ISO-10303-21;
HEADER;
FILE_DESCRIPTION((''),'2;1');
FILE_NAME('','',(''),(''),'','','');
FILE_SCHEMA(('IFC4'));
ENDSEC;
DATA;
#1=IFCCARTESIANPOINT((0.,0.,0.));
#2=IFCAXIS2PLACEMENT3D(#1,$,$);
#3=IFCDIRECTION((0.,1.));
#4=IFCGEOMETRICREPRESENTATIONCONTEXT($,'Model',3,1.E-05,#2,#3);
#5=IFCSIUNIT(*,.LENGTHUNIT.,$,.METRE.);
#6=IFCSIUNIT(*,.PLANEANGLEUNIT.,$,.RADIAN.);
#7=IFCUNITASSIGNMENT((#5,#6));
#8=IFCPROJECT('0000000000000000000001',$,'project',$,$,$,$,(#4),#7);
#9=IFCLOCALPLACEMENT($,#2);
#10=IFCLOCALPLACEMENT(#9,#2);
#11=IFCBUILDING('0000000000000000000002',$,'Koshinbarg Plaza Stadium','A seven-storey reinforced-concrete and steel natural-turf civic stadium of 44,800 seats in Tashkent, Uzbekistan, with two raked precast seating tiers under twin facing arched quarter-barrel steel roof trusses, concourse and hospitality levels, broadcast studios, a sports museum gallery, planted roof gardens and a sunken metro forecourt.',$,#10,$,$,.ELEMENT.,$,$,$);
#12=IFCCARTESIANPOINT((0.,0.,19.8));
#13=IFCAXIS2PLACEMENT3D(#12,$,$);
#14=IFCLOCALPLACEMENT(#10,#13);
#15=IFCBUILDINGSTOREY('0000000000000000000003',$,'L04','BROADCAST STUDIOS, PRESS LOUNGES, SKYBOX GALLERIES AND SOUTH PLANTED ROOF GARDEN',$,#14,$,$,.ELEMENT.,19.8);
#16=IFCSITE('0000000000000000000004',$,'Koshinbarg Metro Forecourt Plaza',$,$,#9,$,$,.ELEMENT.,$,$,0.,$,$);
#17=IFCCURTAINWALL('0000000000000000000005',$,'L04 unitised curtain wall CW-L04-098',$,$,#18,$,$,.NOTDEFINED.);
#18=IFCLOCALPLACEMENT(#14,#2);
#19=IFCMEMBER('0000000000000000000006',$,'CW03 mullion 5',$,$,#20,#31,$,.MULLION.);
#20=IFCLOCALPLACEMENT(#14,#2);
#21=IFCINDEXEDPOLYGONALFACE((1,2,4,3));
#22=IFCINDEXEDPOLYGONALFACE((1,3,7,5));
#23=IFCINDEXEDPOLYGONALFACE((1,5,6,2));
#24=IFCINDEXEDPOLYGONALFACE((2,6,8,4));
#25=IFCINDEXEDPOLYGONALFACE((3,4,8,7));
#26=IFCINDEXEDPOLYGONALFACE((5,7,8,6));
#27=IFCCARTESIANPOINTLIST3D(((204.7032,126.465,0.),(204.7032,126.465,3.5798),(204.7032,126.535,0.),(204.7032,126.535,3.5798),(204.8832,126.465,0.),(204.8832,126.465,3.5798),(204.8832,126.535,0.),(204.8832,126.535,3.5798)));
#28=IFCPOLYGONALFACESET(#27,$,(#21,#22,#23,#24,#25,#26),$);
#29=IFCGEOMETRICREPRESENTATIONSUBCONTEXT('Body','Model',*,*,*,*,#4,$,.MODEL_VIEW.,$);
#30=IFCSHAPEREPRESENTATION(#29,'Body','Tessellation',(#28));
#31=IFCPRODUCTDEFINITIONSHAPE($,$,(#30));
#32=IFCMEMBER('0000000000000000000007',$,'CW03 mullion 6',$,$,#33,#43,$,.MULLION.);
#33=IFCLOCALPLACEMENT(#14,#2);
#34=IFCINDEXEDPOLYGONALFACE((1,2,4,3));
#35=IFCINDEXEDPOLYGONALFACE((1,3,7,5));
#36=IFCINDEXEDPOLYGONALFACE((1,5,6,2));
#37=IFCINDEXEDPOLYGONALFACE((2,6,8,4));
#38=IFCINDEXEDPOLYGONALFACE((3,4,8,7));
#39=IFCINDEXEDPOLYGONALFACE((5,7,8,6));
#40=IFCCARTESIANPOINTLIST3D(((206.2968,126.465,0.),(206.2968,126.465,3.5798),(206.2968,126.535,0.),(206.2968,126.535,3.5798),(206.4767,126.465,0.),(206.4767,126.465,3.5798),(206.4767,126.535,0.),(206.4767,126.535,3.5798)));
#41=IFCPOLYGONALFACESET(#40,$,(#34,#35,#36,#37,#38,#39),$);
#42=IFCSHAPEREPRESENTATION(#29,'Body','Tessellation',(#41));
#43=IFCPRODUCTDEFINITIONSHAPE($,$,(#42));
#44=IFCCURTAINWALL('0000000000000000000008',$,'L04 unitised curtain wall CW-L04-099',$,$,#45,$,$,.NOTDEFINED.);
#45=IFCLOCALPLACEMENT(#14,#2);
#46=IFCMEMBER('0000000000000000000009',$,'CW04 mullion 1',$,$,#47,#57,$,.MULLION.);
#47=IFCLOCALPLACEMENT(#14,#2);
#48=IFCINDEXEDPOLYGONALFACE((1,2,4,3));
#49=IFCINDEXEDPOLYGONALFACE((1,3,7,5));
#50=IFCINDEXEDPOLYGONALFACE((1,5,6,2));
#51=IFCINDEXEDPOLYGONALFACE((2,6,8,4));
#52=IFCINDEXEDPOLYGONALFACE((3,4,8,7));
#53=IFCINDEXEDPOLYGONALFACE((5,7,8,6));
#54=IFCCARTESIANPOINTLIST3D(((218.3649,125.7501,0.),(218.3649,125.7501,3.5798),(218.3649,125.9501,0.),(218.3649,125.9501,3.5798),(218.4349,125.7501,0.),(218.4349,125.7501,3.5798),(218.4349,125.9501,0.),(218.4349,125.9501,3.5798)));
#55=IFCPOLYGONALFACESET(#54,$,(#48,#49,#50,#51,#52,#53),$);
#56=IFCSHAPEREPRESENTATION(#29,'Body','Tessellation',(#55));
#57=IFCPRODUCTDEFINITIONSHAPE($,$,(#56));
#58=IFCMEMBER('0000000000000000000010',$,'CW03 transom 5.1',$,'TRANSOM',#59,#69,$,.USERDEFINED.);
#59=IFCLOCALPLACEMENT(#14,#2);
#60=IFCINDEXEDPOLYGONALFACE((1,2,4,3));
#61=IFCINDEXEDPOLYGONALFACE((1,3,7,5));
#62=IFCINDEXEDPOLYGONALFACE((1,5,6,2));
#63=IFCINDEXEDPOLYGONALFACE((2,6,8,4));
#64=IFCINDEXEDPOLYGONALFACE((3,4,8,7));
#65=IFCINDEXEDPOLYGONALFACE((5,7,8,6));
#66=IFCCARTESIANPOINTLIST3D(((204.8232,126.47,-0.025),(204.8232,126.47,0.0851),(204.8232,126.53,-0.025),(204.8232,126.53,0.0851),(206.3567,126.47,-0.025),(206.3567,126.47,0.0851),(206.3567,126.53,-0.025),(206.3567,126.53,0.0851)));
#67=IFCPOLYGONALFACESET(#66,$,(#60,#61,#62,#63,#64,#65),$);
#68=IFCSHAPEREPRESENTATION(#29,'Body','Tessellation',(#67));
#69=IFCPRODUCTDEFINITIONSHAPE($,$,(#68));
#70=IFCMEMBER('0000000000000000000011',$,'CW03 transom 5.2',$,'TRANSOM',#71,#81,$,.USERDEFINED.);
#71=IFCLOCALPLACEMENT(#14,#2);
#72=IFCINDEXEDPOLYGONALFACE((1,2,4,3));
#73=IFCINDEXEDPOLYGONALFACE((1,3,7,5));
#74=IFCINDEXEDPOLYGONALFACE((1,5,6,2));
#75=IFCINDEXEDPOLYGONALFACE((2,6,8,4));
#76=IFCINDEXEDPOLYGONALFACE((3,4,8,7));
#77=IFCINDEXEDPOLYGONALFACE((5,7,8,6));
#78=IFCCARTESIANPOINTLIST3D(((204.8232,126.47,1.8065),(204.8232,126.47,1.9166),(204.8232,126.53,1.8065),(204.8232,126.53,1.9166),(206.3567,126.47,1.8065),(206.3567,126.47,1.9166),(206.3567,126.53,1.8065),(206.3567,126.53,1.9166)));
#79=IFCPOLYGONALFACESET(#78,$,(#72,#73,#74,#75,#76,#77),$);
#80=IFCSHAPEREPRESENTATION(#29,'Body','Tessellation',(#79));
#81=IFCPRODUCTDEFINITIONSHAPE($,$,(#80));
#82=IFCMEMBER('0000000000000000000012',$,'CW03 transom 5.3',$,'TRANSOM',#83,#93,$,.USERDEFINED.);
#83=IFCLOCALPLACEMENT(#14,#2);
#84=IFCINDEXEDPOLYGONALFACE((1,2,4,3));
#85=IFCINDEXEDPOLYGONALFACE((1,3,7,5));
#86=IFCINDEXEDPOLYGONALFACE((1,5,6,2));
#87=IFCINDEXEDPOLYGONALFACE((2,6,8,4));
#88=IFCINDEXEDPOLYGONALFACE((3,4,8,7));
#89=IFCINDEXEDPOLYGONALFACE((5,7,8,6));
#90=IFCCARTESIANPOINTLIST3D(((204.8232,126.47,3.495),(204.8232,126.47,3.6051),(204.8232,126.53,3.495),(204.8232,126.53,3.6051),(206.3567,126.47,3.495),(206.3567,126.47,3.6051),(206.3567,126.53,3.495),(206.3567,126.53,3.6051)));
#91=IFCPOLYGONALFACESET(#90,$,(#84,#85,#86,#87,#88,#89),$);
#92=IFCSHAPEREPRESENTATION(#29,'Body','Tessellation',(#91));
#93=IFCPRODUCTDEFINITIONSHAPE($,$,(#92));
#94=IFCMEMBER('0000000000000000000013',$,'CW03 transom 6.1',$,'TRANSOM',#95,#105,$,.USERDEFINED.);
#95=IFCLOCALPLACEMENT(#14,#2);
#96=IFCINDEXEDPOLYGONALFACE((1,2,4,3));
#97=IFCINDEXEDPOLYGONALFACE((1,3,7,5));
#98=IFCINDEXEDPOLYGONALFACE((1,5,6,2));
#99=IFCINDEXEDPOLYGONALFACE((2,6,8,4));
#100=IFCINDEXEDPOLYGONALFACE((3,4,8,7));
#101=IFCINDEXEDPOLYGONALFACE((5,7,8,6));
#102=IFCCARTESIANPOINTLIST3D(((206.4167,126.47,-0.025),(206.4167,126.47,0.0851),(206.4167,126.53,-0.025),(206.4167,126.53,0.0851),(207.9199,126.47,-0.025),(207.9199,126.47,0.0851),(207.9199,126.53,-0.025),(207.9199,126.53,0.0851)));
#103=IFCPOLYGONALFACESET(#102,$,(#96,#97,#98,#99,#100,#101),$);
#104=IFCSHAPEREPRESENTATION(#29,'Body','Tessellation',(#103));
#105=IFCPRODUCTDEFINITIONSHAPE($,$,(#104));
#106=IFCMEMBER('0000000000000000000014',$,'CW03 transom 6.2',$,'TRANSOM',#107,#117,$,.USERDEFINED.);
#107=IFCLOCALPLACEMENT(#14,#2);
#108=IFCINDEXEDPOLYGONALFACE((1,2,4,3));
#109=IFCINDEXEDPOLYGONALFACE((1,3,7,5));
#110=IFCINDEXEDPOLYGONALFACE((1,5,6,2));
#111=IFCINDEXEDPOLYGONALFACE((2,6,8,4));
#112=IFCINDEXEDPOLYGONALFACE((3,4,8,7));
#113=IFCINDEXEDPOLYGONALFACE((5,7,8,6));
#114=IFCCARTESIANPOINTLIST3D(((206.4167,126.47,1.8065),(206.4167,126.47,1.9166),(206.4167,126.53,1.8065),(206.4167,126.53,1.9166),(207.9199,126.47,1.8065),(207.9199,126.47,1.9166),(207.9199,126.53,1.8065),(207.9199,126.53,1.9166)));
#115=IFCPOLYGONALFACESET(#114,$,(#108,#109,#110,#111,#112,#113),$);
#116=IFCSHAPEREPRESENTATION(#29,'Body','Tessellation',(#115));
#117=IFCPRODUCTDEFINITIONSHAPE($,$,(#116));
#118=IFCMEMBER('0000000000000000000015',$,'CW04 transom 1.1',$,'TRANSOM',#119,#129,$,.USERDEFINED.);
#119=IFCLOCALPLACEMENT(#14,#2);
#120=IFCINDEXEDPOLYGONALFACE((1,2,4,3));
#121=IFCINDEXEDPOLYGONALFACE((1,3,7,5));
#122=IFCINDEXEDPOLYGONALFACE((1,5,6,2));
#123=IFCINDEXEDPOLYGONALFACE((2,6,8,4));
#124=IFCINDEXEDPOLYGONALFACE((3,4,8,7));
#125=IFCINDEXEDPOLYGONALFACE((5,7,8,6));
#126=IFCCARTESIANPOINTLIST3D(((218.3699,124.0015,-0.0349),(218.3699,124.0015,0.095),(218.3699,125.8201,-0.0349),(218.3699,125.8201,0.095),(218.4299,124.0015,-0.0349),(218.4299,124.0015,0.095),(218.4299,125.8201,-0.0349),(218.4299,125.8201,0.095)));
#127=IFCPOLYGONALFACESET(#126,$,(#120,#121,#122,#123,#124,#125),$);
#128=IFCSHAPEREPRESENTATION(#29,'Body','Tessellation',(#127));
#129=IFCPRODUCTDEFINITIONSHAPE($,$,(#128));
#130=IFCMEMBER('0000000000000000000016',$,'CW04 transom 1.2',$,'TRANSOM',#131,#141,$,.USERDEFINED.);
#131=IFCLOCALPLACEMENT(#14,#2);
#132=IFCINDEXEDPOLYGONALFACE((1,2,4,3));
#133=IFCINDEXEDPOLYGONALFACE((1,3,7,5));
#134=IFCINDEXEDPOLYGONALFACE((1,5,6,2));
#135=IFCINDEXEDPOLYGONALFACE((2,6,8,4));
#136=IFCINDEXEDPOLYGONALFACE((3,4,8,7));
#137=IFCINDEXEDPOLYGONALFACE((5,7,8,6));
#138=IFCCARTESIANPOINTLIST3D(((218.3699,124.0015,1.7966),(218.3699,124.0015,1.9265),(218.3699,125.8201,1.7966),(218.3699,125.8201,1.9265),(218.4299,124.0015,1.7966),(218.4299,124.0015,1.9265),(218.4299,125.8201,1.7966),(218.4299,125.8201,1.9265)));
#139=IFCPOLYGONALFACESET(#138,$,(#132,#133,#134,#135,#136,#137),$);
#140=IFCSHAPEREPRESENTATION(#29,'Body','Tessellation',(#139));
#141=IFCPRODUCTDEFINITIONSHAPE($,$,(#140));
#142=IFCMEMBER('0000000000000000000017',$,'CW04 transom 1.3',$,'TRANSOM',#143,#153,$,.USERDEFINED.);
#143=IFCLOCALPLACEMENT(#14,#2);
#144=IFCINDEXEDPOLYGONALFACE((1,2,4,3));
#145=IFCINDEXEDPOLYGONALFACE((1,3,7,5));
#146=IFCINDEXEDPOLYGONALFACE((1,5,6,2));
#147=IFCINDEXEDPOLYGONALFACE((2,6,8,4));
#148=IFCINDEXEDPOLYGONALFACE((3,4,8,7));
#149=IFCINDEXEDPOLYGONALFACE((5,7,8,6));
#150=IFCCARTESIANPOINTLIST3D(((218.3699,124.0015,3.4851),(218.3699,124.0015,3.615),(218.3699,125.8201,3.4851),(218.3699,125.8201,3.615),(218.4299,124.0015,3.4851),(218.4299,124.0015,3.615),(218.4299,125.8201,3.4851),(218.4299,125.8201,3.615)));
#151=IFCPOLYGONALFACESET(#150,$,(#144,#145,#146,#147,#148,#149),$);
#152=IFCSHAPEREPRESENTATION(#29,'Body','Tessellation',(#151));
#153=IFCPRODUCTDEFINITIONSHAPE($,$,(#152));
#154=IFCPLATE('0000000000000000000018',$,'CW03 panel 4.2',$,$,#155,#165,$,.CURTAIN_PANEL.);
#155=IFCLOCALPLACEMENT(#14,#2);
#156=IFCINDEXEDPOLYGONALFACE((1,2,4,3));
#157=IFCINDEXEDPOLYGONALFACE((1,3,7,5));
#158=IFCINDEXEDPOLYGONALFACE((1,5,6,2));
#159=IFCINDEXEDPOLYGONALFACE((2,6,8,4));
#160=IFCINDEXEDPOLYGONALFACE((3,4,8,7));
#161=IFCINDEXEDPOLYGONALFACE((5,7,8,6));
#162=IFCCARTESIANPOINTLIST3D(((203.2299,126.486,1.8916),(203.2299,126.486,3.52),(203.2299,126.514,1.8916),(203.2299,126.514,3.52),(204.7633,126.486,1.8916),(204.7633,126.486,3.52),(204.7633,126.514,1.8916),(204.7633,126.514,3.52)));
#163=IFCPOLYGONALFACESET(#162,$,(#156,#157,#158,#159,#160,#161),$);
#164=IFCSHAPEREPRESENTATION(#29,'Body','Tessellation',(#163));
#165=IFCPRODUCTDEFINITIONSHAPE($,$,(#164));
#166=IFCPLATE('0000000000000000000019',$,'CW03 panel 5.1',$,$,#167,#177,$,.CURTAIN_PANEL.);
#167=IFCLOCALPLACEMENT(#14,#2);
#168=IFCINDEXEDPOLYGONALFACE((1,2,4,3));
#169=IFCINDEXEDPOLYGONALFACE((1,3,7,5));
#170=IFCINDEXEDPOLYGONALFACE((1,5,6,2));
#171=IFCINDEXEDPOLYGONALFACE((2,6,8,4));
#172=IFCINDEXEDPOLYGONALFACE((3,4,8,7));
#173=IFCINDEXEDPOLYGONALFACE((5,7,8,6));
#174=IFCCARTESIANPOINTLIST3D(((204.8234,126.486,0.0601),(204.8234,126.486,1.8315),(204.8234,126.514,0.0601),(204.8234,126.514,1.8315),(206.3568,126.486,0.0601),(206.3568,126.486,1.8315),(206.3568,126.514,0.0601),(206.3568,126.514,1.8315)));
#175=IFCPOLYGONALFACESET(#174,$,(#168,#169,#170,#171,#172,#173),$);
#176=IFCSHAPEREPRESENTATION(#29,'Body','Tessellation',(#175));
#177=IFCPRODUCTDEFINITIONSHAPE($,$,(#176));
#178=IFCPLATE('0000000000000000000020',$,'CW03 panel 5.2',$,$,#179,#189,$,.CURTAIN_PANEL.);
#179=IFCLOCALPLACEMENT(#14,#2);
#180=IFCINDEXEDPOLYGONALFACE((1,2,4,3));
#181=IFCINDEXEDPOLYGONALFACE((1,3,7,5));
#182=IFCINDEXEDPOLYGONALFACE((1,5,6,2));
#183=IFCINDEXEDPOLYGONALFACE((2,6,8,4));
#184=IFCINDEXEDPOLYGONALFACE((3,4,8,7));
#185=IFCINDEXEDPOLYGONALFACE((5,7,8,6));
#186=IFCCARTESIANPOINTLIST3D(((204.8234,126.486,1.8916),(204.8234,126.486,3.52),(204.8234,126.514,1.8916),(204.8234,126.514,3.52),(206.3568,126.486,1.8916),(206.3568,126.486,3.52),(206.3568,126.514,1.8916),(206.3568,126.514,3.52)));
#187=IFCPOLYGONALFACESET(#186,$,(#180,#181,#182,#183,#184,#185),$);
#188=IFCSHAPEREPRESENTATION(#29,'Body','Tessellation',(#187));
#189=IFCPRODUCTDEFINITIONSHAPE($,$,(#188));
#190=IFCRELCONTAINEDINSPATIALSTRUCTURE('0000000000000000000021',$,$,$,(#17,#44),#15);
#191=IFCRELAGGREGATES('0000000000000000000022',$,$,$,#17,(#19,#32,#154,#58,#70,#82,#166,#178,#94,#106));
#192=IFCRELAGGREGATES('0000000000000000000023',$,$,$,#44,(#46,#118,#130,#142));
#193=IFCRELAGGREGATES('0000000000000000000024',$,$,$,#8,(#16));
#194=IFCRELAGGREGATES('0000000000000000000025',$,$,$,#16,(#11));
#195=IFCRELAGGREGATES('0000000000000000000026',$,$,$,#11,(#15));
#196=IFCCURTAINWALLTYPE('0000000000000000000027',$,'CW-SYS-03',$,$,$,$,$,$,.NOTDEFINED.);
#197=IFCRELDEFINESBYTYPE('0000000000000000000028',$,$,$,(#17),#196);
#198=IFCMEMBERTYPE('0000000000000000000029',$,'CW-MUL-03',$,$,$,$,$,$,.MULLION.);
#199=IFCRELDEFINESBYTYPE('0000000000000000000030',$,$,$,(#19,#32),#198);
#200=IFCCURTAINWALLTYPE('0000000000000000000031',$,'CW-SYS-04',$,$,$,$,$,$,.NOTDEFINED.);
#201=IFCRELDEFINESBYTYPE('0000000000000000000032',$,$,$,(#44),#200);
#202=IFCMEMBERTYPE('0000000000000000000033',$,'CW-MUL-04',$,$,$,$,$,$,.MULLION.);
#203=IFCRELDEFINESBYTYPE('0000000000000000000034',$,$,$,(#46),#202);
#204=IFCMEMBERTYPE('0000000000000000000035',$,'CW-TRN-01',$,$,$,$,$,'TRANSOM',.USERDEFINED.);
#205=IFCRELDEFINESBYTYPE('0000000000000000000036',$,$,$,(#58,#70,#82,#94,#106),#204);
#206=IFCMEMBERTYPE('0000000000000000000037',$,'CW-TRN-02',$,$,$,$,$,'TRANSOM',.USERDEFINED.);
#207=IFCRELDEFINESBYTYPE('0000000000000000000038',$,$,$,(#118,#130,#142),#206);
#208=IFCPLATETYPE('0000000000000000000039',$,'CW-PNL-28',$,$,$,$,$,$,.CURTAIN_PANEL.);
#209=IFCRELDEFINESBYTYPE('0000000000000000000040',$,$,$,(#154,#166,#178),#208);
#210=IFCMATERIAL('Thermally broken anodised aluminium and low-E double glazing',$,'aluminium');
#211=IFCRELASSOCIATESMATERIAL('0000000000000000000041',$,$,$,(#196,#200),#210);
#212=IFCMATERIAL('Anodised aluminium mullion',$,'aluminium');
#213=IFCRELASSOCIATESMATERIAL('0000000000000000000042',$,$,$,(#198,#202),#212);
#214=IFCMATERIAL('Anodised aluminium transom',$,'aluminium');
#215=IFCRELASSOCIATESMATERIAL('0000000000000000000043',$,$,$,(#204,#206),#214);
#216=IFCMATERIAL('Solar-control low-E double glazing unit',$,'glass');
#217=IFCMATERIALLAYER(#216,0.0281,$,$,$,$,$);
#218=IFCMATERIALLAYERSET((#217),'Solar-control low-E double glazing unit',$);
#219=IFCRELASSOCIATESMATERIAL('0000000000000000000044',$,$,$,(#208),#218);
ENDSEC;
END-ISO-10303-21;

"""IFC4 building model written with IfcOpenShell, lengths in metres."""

from ifc_helpers import new_model, si_unit, direction, frame, origin, origin_2d, place, context, subcontext, project, spatial, rectangle, extrude, material, layer, layer_set, material_profile, profile_set, type_object, element, aggregate, save


model = new_model("IFC4")

# Units and contexts
model_context = context("Model", 3, precision=1e-05, world=origin(), true_north=direction((0.0, 1.0)))
body_context = subcontext(model_context, "Body", "Model", "MODEL_VIEW")
ifc_project = project(units=[si_unit("LENGTHUNIT", "METRE"), si_unit("PLANEANGLEUNIT", "RADIAN")], contexts=[model_context])

# Site, building, storey
site_placement = place(None, origin())
site = spatial("IfcSite", under=ifc_project, at=site_placement, Name="Koshinbarg Metro Forecourt Plaza", CompositionType="ELEMENT", RefElevation=0.0)
building_placement = place(site_placement, origin())
building = spatial("IfcBuilding", under=site, at=building_placement, Name="Koshinbarg Plaza Stadium", Description="A seven-storey reinforced-concrete and steel natural-turf civic stadium of 44,800 seats in Tashkent, Uzbekistan, with two raked precast seating tiers under twin facing arched quarter-barrel steel roof trusses, concourse and hospitality levels, broadcast studios, a sports museum gallery, planted roof gardens and a sunken metro forecourt.", CompositionType="ELEMENT")
storey_placement = place(building_placement, frame((0.0, 0.0, 19.8)))
storey = spatial("IfcBuildingStorey", under=building, at=storey_placement, Name="L04", Description="BROADCAST STUDIOS, PRESS LOUNGES, SKYBOX GALLERIES AND SOUTH PLANTED ROOF GARDEN", CompositionType="ELEMENT", Elevation=19.8)

# Curtain wall, members
ifc_material_1 = material(Name="Thermally broken anodised aluminium and low-E double glazing", Category="aluminium")
curtain_wall_type_1 = type_object("IfcCurtainWallType", Name="CW-SYS-03", PredefinedType="NOTDEFINED", material=ifc_material_1)
curtain_wall_1_placement = place(storey_placement, origin())
curtain_wall_1 = element("IfcCurtainWall", 1, at=curtain_wall_1_placement, inside=storey, type_object=curtain_wall_type_1, Name="L04 unitised curtain wall CW-L04-098", PredefinedType="NOTDEFINED")
ifc_material_2 = material(Name="Anodised aluminium mullion", Category="aluminium")
ifc_material_profile_1 = material_profile(ifc_material_2, rectangle(XDim=0.0701, YDim=0.1799, at=origin_2d()), Name="ALU 70x180")
ifc_profile_set_1 = profile_set([ifc_material_profile_1], Name="Anodised aluminium mullion")
member_type_1 = type_object("IfcMemberType", Name="CW-MUL-03", PredefinedType="MULLION", material=ifc_profile_set_1)
member_1_placement = place(storey_placement, frame((204.7932, 126.5, 0.0), z_axis=(0.0, 0.0, 1.0), x_axis=(0.0, 1.0, 0.0)))
member_1 = element("IfcMember", 2, at=member_1_placement, type_object=member_type_1, Name="CW03 mullion 5", PredefinedType="MULLION", context=body_context, shape_type="SweptSolid", body=[
    extrude(rectangle(XDim=0.0701, YDim=0.1799, at=origin_2d()), origin(), (0.0, 0.0, 1.0), 3.5798),
])
member_2_placement = place(storey_placement, frame((206.3867, 126.5, 0.0), z_axis=(0.0, 0.0, 1.0), x_axis=(0.0, 1.0, 0.0)))
member_2 = element("IfcMember", 3, at=member_2_placement, type_object=member_type_1, Name="CW03 mullion 6", PredefinedType="MULLION", context=body_context, shape_type="SweptSolid", body=[
    extrude(rectangle(XDim=0.0701, YDim=0.1799, at=origin_2d()), origin(), (0.0, 0.0, 1.0), 3.5798),
])

# Curtain wall, member
curtain_wall_type_2 = type_object("IfcCurtainWallType", Name="CW-SYS-04", PredefinedType="NOTDEFINED", material=ifc_material_1)
curtain_wall_2_placement = place(storey_placement, origin())
curtain_wall_2 = element("IfcCurtainWall", 4, at=curtain_wall_2_placement, inside=storey, type_object=curtain_wall_type_2, Name="L04 unitised curtain wall CW-L04-099", PredefinedType="NOTDEFINED")
ifc_material_profile_2 = material_profile(ifc_material_2, rectangle(XDim=0.0701, YDim=0.2, at=origin_2d()), Name="ALU 70x200")
ifc_profile_set_2 = profile_set([ifc_material_profile_2], Name="Anodised aluminium mullion")
member_type_2 = type_object("IfcMemberType", Name="CW-MUL-04", PredefinedType="MULLION", material=ifc_profile_set_2)
member_3_placement = place(storey_placement, frame((218.3999, 125.8501, 0.0), z_axis=(0.0, 0.0, 1.0), x_axis=(1.0, 0.0, 0.0)))
member_3 = element("IfcMember", 5, at=member_3_placement, type_object=member_type_2, Name="CW04 mullion 1", PredefinedType="MULLION", context=body_context, shape_type="SweptSolid", body=[
    extrude(rectangle(XDim=0.0701, YDim=0.2, at=origin_2d()), origin(), (0.0, 0.0, 1.0), 3.5798),
])

# Members
ifc_material_3 = material(Name="Anodised aluminium transom", Category="aluminium")
ifc_material_profile_3 = material_profile(ifc_material_3, rectangle(XDim=0.0601, YDim=0.1101, at=origin_2d()), Name="ALU 60x110")
ifc_profile_set_3 = profile_set([ifc_material_profile_3], Name="Anodised aluminium transom")
member_type_3 = type_object("IfcMemberType", Name="CW-TRN-01", ElementType="TRANSOM", PredefinedType="USERDEFINED", material=ifc_profile_set_3)
member_4_placement = place(storey_placement, frame((204.8232, 126.5, 0.03), z_axis=(1.0, 0.0, 0.0), x_axis=(0.0, 1.0, 0.0)))
member_4 = element("IfcMember", 6, at=member_4_placement, type_object=member_type_3, Name="CW03 transom 5.1", ObjectType="TRANSOM", PredefinedType="USERDEFINED", context=body_context, shape_type="SweptSolid", body=[
    extrude(rectangle(XDim=0.0601, YDim=0.1101, at=origin_2d()), origin(), (0.0, 0.0, 1.0), 1.5334),
])
member_5_placement = place(storey_placement, frame((204.8232, 126.5, 1.8616), z_axis=(1.0, 0.0, 0.0), x_axis=(0.0, 1.0, 0.0)))
member_5 = element("IfcMember", 7, at=member_5_placement, type_object=member_type_3, Name="CW03 transom 5.2", ObjectType="TRANSOM", PredefinedType="USERDEFINED", context=body_context, shape_type="SweptSolid", body=[
    extrude(rectangle(XDim=0.0601, YDim=0.1101, at=origin_2d()), origin(), (0.0, 0.0, 1.0), 1.5334),
])
member_6_placement = place(storey_placement, frame((204.8232, 126.5, 3.55), z_axis=(1.0, 0.0, 0.0), x_axis=(0.0, 1.0, 0.0)))
member_6 = element("IfcMember", 8, at=member_6_placement, type_object=member_type_3, Name="CW03 transom 5.3", ObjectType="TRANSOM", PredefinedType="USERDEFINED", context=body_context, shape_type="SweptSolid", body=[
    extrude(rectangle(XDim=0.0601, YDim=0.1101, at=origin_2d()), origin(), (0.0, 0.0, 1.0), 1.5334),
])
member_7_placement = place(storey_placement, frame((206.4167, 126.5, 0.03), z_axis=(1.0, 0.0, 0.0), x_axis=(0.0, 1.0, 0.0)))
member_7 = element("IfcMember", 9, at=member_7_placement, type_object=member_type_3, Name="CW03 transom 6.1", ObjectType="TRANSOM", PredefinedType="USERDEFINED", context=body_context, shape_type="SweptSolid", body=[
    extrude(rectangle(XDim=0.0601, YDim=0.1101, at=origin_2d()), origin(), (0.0, 0.0, 1.0), 1.5032),
])
member_8_placement = place(storey_placement, frame((206.4167, 126.5, 1.8616), z_axis=(1.0, 0.0, 0.0), x_axis=(0.0, 1.0, 0.0)))
member_8 = element("IfcMember", 10, at=member_8_placement, type_object=member_type_3, Name="CW03 transom 6.2", ObjectType="TRANSOM", PredefinedType="USERDEFINED", context=body_context, shape_type="SweptSolid", body=[
    extrude(rectangle(XDim=0.0601, YDim=0.1101, at=origin_2d()), origin(), (0.0, 0.0, 1.0), 1.5032),
])
ifc_material_profile_4 = material_profile(ifc_material_3, rectangle(XDim=0.0601, YDim=0.1299, at=origin_2d()), Name="ALU 60x130")
ifc_profile_set_4 = profile_set([ifc_material_profile_4], Name="Anodised aluminium transom")
member_type_4 = type_object("IfcMemberType", Name="CW-TRN-02", ElementType="TRANSOM", PredefinedType="USERDEFINED", material=ifc_profile_set_4)
member_9_placement = place(storey_placement, frame((218.3999, 125.8201, 0.03), z_axis=(0.0, -1.0, 0.0), x_axis=(1.0, 0.0, 0.0)))
member_9 = element("IfcMember", 11, at=member_9_placement, type_object=member_type_4, Name="CW04 transom 1.1", ObjectType="TRANSOM", PredefinedType="USERDEFINED", context=body_context, shape_type="SweptSolid", body=[
    extrude(rectangle(XDim=0.0601, YDim=0.1299, at=origin_2d()), origin(), (0.0, 0.0, 1.0), 1.8186),
])
member_10_placement = place(storey_placement, frame((218.3999, 125.8201, 1.8616), z_axis=(0.0, -1.0, 0.0), x_axis=(1.0, 0.0, 0.0)))
member_10 = element("IfcMember", 12, at=member_10_placement, type_object=member_type_4, Name="CW04 transom 1.2", ObjectType="TRANSOM", PredefinedType="USERDEFINED", context=body_context, shape_type="SweptSolid", body=[
    extrude(rectangle(XDim=0.0601, YDim=0.1299, at=origin_2d()), origin(), (0.0, 0.0, 1.0), 1.8186),
])
member_11_placement = place(storey_placement, frame((218.3999, 125.8201, 3.55), z_axis=(0.0, -1.0, 0.0), x_axis=(1.0, 0.0, 0.0)))
member_11 = element("IfcMember", 13, at=member_11_placement, type_object=member_type_4, Name="CW04 transom 1.3", ObjectType="TRANSOM", PredefinedType="USERDEFINED", context=body_context, shape_type="SweptSolid", body=[
    extrude(rectangle(XDim=0.0601, YDim=0.1299, at=origin_2d()), origin(), (0.0, 0.0, 1.0), 1.8186),
])

# Plates
ifc_material_4 = material(Name="Solar-control low-E double glazing unit", Category="glass")
ifc_layer_1 = layer(ifc_material_4, 0.0281)
ifc_layer_set_1 = layer_set([ifc_layer_1], Name="Solar-control low-E double glazing unit")
plate_type_1 = type_object("IfcPlateType", Name="CW-PNL-28", PredefinedType="CURTAIN_PANEL", material=ifc_layer_set_1)
plate_1_placement = place(storey_placement, frame((203.9966, 126.5, 1.8916), z_axis=(0.0, 0.0, 1.0), x_axis=(1.0, 0.0, 0.0)))
plate_1 = element("IfcPlate", 14, at=plate_1_placement, type_object=plate_type_1, Name="CW03 panel 4.2", PredefinedType="CURTAIN_PANEL", context=body_context, shape_type="SweptSolid", body=[
    extrude(rectangle(XDim=1.5334, YDim=0.0281, at=origin_2d()), origin(), (0.0, 0.0, 1.0), 1.6284),
])
plate_2_placement = place(storey_placement, frame((205.5901, 126.5, 0.0601), z_axis=(0.0, 0.0, 1.0), x_axis=(1.0, 0.0, 0.0)))
plate_2 = element("IfcPlate", 15, at=plate_2_placement, type_object=plate_type_1, Name="CW03 panel 5.1", PredefinedType="CURTAIN_PANEL", context=body_context, shape_type="SweptSolid", body=[
    extrude(rectangle(XDim=1.5334, YDim=0.0281, at=origin_2d()), origin(), (0.0, 0.0, 1.0), 1.7715),
])
plate_3_placement = place(storey_placement, frame((205.5901, 126.5, 1.8916), z_axis=(0.0, 0.0, 1.0), x_axis=(1.0, 0.0, 0.0)))
plate_3 = element("IfcPlate", 16, at=plate_3_placement, type_object=plate_type_1, Name="CW03 panel 5.2", PredefinedType="CURTAIN_PANEL", context=body_context, shape_type="SweptSolid", body=[
    extrude(rectangle(XDim=1.5334, YDim=0.0281, at=origin_2d()), origin(), (0.0, 0.0, 1.0), 1.6284),
])
aggregate(curtain_wall_1, [member_1, member_2, plate_1, member_4, member_5, member_6, plate_2, plate_3, member_7, member_8])
aggregate(curtain_wall_2, [member_3, member_9, member_10, member_11])

save(model, "model.ifc")
